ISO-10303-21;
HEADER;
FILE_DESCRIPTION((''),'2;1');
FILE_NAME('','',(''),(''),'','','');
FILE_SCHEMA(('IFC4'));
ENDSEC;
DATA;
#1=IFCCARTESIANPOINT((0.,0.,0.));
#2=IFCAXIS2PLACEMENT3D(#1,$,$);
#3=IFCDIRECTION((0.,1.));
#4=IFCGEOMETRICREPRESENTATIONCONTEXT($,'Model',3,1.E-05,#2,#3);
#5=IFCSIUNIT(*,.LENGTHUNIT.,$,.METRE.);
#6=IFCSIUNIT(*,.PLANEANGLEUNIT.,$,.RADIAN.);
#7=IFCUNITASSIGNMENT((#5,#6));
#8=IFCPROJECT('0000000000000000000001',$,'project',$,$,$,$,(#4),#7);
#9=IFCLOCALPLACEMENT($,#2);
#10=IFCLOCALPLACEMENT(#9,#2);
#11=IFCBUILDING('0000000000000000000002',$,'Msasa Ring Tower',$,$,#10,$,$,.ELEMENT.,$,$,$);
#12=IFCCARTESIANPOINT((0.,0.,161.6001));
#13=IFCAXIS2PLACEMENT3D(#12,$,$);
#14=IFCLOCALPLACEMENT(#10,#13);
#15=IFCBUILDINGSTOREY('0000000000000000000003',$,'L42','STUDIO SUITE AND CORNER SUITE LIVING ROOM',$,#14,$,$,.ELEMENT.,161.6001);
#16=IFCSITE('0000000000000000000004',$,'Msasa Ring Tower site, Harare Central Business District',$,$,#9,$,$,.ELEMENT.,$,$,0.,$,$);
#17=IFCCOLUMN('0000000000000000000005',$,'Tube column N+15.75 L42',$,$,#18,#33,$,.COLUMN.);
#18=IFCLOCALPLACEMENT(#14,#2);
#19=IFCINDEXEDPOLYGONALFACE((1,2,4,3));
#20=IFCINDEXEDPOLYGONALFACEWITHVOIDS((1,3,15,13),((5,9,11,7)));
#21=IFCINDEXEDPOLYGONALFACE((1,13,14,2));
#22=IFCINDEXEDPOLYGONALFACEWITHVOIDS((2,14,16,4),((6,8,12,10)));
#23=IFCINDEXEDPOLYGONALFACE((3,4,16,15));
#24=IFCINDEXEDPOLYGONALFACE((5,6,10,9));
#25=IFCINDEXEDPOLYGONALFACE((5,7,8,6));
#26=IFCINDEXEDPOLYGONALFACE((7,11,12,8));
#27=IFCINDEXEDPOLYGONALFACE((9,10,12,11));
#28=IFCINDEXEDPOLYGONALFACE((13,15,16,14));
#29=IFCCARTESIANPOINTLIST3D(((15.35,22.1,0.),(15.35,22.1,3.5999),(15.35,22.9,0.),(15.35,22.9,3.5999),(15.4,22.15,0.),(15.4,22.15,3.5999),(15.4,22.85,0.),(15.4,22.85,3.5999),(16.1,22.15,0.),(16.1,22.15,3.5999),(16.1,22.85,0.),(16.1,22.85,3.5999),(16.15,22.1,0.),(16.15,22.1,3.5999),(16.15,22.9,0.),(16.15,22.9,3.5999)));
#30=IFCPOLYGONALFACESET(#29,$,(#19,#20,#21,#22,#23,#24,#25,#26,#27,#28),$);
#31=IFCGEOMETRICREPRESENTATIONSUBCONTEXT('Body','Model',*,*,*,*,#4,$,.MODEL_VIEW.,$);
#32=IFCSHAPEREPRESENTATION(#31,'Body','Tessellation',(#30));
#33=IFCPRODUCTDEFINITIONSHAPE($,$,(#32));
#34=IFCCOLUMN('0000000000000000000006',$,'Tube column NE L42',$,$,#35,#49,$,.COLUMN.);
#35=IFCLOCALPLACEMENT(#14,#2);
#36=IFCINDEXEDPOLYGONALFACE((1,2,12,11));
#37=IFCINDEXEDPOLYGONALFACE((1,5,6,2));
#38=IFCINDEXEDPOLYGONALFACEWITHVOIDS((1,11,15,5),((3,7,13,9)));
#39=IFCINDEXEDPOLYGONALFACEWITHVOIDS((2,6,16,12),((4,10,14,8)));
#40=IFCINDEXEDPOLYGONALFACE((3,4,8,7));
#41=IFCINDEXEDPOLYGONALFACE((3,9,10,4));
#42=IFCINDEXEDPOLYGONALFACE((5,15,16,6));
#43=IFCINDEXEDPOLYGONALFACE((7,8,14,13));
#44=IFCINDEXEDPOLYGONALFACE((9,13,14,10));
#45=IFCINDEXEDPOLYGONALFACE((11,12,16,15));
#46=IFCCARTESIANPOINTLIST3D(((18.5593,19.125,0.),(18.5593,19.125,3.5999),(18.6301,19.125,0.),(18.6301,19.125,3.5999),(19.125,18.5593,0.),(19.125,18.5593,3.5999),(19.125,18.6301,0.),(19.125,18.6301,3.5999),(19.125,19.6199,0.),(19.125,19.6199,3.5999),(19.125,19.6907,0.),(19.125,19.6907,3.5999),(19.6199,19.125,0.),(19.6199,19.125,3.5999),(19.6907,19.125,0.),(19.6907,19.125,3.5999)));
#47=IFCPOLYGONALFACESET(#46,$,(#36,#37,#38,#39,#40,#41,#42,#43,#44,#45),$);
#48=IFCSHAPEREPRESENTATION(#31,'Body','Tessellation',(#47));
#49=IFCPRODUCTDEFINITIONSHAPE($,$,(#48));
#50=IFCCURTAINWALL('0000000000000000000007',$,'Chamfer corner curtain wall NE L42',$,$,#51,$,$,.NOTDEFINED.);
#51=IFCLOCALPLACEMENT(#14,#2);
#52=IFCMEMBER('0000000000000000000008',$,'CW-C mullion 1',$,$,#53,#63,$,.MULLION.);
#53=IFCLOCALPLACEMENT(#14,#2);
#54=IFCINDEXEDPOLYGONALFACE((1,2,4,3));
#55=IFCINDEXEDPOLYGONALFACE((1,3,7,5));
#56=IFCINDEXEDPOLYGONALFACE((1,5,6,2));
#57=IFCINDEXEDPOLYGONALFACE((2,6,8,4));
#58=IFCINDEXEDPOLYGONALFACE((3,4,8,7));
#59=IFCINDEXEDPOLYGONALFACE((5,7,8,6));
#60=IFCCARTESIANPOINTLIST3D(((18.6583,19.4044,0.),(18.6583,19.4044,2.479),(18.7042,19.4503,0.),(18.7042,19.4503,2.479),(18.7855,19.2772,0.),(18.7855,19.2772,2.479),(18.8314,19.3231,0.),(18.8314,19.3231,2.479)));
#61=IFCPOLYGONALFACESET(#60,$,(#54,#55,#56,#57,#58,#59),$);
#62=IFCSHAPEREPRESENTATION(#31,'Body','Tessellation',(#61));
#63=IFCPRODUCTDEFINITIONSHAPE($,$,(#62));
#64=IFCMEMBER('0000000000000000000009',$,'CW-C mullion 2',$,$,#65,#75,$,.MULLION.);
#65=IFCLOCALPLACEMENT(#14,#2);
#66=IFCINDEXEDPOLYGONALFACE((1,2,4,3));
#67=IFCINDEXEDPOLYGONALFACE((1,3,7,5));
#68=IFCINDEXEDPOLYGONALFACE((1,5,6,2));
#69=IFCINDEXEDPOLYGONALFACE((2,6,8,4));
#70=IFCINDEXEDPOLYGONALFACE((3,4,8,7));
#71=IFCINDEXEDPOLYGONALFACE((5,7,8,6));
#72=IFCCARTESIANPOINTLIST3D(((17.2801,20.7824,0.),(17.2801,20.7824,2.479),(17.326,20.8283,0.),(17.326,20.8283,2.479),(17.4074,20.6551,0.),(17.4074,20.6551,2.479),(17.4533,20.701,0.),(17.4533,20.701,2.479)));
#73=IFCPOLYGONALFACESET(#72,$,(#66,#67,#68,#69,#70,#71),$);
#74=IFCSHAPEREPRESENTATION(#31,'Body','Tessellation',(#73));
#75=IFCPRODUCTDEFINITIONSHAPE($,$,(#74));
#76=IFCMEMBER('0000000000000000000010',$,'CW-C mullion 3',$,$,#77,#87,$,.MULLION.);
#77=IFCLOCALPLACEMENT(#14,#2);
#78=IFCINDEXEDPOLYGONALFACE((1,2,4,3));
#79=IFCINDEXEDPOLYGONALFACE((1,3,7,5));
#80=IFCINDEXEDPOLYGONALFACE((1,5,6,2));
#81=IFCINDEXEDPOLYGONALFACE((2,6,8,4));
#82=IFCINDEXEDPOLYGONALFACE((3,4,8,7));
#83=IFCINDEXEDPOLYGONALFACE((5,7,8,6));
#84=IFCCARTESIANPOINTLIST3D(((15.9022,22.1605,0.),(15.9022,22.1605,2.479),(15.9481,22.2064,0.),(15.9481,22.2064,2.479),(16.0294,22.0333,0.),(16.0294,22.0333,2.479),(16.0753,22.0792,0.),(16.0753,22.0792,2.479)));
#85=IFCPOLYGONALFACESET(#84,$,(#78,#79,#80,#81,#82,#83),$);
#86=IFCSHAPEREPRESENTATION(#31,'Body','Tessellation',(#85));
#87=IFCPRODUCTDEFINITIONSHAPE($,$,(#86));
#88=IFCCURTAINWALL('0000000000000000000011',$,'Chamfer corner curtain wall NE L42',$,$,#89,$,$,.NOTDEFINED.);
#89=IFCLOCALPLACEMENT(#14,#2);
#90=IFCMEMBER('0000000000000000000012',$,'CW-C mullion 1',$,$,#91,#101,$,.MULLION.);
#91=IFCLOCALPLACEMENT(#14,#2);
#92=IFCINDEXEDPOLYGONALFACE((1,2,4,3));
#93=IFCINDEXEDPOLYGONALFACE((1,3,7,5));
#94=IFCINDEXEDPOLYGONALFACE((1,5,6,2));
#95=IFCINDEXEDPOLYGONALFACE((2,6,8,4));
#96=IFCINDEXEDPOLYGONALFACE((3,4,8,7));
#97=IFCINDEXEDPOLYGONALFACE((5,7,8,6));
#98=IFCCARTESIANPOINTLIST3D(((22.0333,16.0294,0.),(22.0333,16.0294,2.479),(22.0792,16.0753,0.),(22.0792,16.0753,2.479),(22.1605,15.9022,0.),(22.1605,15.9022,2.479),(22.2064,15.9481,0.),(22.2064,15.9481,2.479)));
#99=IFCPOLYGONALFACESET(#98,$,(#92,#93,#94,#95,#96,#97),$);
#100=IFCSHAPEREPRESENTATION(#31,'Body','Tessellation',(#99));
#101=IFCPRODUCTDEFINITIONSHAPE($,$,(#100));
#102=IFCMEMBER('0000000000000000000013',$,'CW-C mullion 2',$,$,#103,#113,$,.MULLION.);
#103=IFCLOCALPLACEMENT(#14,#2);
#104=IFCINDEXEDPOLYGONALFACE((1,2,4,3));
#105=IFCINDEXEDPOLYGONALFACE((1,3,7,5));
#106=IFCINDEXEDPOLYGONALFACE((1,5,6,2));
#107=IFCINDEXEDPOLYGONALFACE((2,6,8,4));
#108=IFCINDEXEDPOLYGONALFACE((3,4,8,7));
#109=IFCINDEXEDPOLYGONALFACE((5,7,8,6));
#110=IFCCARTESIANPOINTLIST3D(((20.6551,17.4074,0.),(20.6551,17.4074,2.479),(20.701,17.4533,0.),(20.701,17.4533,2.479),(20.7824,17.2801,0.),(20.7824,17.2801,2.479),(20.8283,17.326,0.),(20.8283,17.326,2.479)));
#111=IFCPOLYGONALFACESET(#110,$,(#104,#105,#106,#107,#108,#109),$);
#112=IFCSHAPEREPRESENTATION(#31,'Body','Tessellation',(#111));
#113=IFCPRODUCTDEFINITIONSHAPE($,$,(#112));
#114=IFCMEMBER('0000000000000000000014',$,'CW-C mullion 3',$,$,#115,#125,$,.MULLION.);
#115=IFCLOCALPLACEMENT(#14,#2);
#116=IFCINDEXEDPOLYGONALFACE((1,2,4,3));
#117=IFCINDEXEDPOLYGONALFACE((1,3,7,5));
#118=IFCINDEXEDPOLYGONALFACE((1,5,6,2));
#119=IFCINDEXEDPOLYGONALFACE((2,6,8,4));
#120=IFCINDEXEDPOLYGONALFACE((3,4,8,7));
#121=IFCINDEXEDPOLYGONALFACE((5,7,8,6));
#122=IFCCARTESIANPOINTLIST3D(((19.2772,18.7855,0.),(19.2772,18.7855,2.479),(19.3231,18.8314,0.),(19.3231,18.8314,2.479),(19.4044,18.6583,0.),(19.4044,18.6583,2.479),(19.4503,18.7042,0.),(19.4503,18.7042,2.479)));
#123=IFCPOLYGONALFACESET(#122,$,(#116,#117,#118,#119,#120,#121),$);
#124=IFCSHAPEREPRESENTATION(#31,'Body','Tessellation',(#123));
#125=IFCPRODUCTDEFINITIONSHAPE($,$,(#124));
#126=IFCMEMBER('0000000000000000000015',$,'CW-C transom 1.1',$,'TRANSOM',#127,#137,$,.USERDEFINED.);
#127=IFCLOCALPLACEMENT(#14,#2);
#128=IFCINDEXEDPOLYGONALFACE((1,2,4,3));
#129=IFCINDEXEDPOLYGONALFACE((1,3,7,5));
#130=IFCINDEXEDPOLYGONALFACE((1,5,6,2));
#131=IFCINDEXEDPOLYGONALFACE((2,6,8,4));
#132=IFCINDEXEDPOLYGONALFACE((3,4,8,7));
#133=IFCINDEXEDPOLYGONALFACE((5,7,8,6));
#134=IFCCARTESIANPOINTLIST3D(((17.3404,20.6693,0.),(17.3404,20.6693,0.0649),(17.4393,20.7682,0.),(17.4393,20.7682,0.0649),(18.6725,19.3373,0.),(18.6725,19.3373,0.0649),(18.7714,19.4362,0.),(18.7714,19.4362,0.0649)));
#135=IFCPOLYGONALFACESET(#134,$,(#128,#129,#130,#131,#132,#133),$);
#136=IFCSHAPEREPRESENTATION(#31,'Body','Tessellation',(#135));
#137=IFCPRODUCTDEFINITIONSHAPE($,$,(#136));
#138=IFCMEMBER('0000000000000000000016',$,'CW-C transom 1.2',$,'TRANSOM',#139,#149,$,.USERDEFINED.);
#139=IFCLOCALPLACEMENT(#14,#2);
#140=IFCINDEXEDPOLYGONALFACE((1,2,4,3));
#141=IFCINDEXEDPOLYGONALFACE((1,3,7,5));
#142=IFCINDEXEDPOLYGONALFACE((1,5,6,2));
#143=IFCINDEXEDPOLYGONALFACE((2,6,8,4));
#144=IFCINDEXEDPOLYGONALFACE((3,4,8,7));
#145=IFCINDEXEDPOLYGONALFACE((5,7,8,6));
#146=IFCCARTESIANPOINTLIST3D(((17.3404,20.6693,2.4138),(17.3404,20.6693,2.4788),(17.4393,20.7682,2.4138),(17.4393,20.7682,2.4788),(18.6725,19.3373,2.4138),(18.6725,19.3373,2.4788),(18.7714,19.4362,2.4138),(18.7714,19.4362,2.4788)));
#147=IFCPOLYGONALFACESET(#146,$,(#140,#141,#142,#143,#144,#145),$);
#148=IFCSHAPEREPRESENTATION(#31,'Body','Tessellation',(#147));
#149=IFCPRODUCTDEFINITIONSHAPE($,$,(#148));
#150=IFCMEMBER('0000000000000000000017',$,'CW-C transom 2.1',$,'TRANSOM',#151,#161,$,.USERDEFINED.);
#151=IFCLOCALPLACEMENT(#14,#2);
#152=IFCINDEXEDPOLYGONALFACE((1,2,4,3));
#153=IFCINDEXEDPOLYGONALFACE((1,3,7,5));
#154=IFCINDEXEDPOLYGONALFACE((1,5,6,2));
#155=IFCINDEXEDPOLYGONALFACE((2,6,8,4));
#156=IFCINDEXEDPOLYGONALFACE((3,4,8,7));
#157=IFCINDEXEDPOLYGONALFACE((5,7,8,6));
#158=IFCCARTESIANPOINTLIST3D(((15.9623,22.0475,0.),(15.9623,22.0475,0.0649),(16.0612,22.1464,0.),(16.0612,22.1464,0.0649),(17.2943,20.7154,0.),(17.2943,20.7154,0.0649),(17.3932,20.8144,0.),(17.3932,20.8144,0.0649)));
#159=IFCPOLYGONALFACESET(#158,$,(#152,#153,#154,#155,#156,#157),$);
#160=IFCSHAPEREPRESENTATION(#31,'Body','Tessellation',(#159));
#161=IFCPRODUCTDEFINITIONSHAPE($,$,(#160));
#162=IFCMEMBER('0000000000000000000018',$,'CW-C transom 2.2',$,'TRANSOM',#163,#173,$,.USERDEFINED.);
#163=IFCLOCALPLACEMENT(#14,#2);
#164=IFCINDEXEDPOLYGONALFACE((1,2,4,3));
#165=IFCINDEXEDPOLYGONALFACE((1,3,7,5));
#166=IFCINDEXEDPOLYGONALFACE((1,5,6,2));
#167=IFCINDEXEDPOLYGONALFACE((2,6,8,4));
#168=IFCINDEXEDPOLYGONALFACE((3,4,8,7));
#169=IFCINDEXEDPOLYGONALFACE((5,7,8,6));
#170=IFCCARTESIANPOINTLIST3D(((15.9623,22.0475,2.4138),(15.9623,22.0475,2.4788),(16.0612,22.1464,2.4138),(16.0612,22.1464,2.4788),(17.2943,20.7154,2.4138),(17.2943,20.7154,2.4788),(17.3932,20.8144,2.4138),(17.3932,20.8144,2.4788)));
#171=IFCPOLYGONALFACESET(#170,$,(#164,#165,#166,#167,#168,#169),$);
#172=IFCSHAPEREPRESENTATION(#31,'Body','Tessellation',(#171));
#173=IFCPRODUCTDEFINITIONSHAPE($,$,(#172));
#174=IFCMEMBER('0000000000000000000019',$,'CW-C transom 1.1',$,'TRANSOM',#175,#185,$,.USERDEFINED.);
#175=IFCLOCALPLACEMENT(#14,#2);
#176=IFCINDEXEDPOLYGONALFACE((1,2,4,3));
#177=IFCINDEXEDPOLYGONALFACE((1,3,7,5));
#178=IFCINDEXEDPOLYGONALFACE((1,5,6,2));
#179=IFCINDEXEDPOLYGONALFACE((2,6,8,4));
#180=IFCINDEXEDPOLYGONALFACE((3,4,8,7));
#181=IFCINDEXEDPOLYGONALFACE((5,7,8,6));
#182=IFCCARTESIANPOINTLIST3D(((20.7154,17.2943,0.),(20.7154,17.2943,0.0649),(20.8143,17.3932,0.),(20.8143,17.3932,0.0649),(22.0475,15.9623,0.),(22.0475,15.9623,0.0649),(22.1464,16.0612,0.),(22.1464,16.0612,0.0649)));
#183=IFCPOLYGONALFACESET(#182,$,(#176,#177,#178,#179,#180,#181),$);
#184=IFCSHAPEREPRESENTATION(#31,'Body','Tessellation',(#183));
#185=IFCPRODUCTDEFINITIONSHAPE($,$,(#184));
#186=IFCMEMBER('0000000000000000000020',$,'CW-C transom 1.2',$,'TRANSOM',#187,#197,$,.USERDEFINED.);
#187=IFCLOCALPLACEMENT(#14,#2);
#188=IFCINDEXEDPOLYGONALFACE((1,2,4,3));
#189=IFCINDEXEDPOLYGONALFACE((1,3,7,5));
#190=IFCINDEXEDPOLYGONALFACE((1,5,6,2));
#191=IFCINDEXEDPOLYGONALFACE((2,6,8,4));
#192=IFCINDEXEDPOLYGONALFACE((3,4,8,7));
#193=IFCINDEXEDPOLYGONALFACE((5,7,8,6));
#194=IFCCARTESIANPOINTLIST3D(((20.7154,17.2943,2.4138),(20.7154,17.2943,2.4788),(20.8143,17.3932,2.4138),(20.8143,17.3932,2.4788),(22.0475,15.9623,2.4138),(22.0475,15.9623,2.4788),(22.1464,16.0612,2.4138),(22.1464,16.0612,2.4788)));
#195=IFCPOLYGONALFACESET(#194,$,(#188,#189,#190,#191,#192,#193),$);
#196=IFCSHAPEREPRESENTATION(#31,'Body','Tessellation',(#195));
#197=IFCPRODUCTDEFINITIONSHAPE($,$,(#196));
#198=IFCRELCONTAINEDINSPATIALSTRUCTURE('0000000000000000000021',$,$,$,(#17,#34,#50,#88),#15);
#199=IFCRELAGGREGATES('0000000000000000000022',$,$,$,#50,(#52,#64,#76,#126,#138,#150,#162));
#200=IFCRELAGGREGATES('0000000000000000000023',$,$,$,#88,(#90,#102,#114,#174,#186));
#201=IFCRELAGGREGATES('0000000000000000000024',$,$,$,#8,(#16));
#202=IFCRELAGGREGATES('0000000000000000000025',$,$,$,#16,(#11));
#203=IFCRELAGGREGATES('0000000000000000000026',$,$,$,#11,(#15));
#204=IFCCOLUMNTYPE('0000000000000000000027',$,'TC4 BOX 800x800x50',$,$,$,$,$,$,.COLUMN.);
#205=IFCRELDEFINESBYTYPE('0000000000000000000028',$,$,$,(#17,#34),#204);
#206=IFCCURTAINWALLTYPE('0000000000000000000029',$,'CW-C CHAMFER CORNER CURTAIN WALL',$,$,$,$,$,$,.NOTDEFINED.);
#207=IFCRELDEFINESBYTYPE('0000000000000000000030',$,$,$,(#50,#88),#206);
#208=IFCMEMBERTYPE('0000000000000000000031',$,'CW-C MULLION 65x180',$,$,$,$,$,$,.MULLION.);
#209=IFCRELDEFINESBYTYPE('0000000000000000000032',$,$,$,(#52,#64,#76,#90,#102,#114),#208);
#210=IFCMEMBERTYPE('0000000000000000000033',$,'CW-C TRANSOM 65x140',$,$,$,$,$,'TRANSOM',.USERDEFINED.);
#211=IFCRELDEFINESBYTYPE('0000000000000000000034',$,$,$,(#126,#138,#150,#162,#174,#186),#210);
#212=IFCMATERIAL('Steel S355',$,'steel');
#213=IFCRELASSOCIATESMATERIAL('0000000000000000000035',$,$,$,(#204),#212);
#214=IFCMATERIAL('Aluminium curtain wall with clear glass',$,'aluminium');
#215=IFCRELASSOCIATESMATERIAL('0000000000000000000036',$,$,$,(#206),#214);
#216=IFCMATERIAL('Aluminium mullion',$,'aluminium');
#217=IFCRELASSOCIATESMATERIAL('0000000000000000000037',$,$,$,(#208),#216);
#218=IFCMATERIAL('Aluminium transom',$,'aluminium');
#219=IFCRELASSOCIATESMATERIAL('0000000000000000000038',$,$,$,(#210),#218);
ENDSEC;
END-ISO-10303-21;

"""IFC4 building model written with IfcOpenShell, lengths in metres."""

from ifc_helpers import new_model, si_unit, direction, frame, origin, origin_2d, place, context, subcontext, project, spatial, rectangle, hollow_rectangle, extrude, material, material_profile, profile_set, type_object, element, aggregate, save


model = new_model("IFC4")

# Units and contexts
model_context = context("Model", 3, precision=1e-05, world=origin(), true_north=direction((0.0, 1.0)))
body_context = subcontext(model_context, "Body", "Model", "MODEL_VIEW")
ifc_project = project(units=[si_unit("LENGTHUNIT", "METRE"), si_unit("PLANEANGLEUNIT", "RADIAN")], contexts=[model_context])

# Site, building, storey
site_placement = place(None, origin())
site = spatial("IfcSite", under=ifc_project, at=site_placement, Name="Msasa Ring Tower site, Harare Central Business District", CompositionType="ELEMENT", RefElevation=0.0)
building_placement = place(site_placement, origin())
building = spatial("IfcBuilding", under=site, at=building_placement, Name="Msasa Ring Tower", CompositionType="ELEMENT")
storey_placement = place(building_placement, frame((0.0, 0.0, 161.6001)))
storey = spatial("IfcBuildingStorey", under=building, at=storey_placement, Name="L42", Description="STUDIO SUITE AND CORNER SUITE LIVING ROOM", CompositionType="ELEMENT", Elevation=161.6001)

# Columns
ifc_material_1 = material(Name="Steel S355", Category="steel")
ifc_material_profile_1 = material_profile(ifc_material_1, hollow_rectangle(XDim=0.8, YDim=0.8, WallThickness=0.05, at=origin_2d()), Name="BOX 800x800x50")
ifc_profile_set_1 = profile_set([ifc_material_profile_1], Name="Steel S355")
column_type = type_object("IfcColumnType", Name="TC4 BOX 800x800x50", PredefinedType="COLUMN", material=ifc_profile_set_1)
for number, where, z_axis, x_axis, name in (
    (1, (15.75, 22.5, 0.0), (0.0, 0.0, 1.0), (0.0, 1.0, 0.0), "Tube column N+15.75 L42"),
    (2, (19.125, 19.125, 0.0), (0.0, 0.0, 1.0), (0.707107, 0.707107, 0.0), "Tube column NE L42"),
):
    element("IfcColumn", number, at=place(storey_placement, frame(where, z_axis=z_axis, x_axis=x_axis)), inside=storey, type_object=column_type, Name=name, PredefinedType="COLUMN", context=body_context, shape_type="SweptSolid", body=[
        extrude(hollow_rectangle(XDim=0.8, YDim=0.8, WallThickness=0.05, at=origin_2d()), origin(), (0.0, 0.0, 1.0), 3.5999),
    ])

# Curtain walls, members
ifc_material_2 = material(Name="Aluminium curtain wall with clear glass", Category="aluminium")
curtain_wall_type = type_object("IfcCurtainWallType", Name="CW-C CHAMFER CORNER CURTAIN WALL", PredefinedType="NOTDEFINED", material=ifc_material_2)
curtain_wall_1_placement = place(storey_placement, origin())
curtain_wall_1 = element("IfcCurtainWall", 3, at=curtain_wall_1_placement, inside=storey, type_object=curtain_wall_type, Name="Chamfer corner curtain wall NE L42", PredefinedType="NOTDEFINED")
ifc_material_3 = material(Name="Aluminium mullion", Category="aluminium")
ifc_material_profile_2 = material_profile(ifc_material_3, rectangle(XDim=0.0649, YDim=0.1799, at=origin_2d()), Name="AL 65x180")
ifc_profile_set_2 = profile_set([ifc_material_profile_2], Name="Aluminium mullion")
member_type_1 = type_object("IfcMemberType", Name="CW-C MULLION 65x180", PredefinedType="MULLION", material=ifc_profile_set_2)
member_1_placement = place(storey_placement, frame((18.7449, 19.3638, 0.0), z_axis=(0.0, 0.0, 1.0), x_axis=(-0.707107, -0.707107, 0.0)))
member_1 = element("IfcMember", 4, at=member_1_placement, type_object=member_type_1, Name="CW-C mullion 1", PredefinedType="MULLION", context=body_context, shape_type="SweptSolid", body=[
    extrude(rectangle(XDim=0.0649, YDim=0.1799, at=origin_2d()), origin(), (0.0, 0.0, 1.0), 2.479),
])
member_2_placement = place(storey_placement, frame((17.3667, 20.7417, 0.0), z_axis=(0.0, 0.0, 1.0), x_axis=(-0.707107, -0.707107, 0.0)))
member_2 = element("IfcMember", 5, at=member_2_placement, type_object=member_type_1, Name="CW-C mullion 2", PredefinedType="MULLION", context=body_context, shape_type="SweptSolid", body=[
    extrude(rectangle(XDim=0.0649, YDim=0.1799, at=origin_2d()), origin(), (0.0, 0.0, 1.0), 2.479),
])
member_3_placement = place(storey_placement, frame((15.9888, 22.1199, 0.0), z_axis=(0.0, 0.0, 1.0), x_axis=(-0.707107, -0.707107, 0.0)))
member_3 = element("IfcMember", 6, at=member_3_placement, type_object=member_type_1, Name="CW-C mullion 3", PredefinedType="MULLION", context=body_context, shape_type="SweptSolid", body=[
    extrude(rectangle(XDim=0.0649, YDim=0.1799, at=origin_2d()), origin(), (0.0, 0.0, 1.0), 2.479),
])
curtain_wall_2_placement = place(storey_placement, origin())
curtain_wall_2 = element("IfcCurtainWall", 7, at=curtain_wall_2_placement, inside=storey, type_object=curtain_wall_type, Name="Chamfer corner curtain wall NE L42", PredefinedType="NOTDEFINED")
member_4_placement = place(storey_placement, frame((22.1199, 15.9888, 0.0), z_axis=(0.0, 0.0, 1.0), x_axis=(-0.707107, -0.707107, 0.0)))
member_4 = element("IfcMember", 8, at=member_4_placement, type_object=member_type_1, Name="CW-C mullion 1", PredefinedType="MULLION", context=body_context, shape_type="SweptSolid", body=[
    extrude(rectangle(XDim=0.0649, YDim=0.1799, at=origin_2d()), origin(), (0.0, 0.0, 1.0), 2.479),
])
member_5_placement = place(storey_placement, frame((20.7417, 17.3667, 0.0), z_axis=(0.0, 0.0, 1.0), x_axis=(-0.707107, -0.707107, 0.0)))
member_5 = element("IfcMember", 9, at=member_5_placement, type_object=member_type_1, Name="CW-C mullion 2", PredefinedType="MULLION", context=body_context, shape_type="SweptSolid", body=[
    extrude(rectangle(XDim=0.0649, YDim=0.1799, at=origin_2d()), origin(), (0.0, 0.0, 1.0), 2.479),
])
member_6_placement = place(storey_placement, frame((19.3638, 18.7449, 0.0), z_axis=(0.0, 0.0, 1.0), x_axis=(-0.707107, -0.707107, 0.0)))
member_6 = element("IfcMember", 10, at=member_6_placement, type_object=member_type_1, Name="CW-C mullion 3", PredefinedType="MULLION", context=body_context, shape_type="SweptSolid", body=[
    extrude(rectangle(XDim=0.0649, YDim=0.1799, at=origin_2d()), origin(), (0.0, 0.0, 1.0), 2.479),
])

# Members
ifc_material_4 = material(Name="Aluminium transom", Category="aluminium")
ifc_material_profile_3 = material_profile(ifc_material_4, rectangle(XDim=0.1399, YDim=0.0649, at=origin_2d()), Name="AL 65x140")
ifc_profile_set_3 = profile_set([ifc_material_profile_3], Name="Aluminium transom")
member_type_2 = type_object("IfcMemberType", Name="CW-C TRANSOM 65x140", ElementType="TRANSOM", PredefinedType="USERDEFINED", material=ifc_profile_set_3)
member_7_placement = place(storey_placement, frame((18.7219, 19.3867, 0.0325), z_axis=(-0.707107, 0.707107, 0.0), x_axis=(-0.707107, -0.707107, 0.0)))
member_7 = element("IfcMember", 11, at=member_7_placement, type_object=member_type_2, Name="CW-C transom 1.1", ObjectType="TRANSOM", PredefinedType="USERDEFINED", context=body_context, shape_type="SweptSolid", body=[
    extrude(rectangle(XDim=0.1399, YDim=0.0649, at=origin_2d()), origin(), (0.0, 0.0, 1.0), 1.8838),
])
member_8_placement = place(storey_placement, frame((18.7219, 19.3867, 2.4463), z_axis=(-0.707107, 0.707107, 0.0), x_axis=(-0.707107, -0.707107, 0.0)))
member_8 = element("IfcMember", 12, at=member_8_placement, type_object=member_type_2, Name="CW-C transom 1.2", ObjectType="TRANSOM", PredefinedType="USERDEFINED", context=body_context, shape_type="SweptSolid", body=[
    extrude(rectangle(XDim=0.1399, YDim=0.0649, at=origin_2d()), origin(), (0.0, 0.0, 1.0), 1.8838),
])
member_9_placement = place(storey_placement, frame((17.3438, 20.7649, 0.0325), z_axis=(-0.707107, 0.707107, 0.0), x_axis=(-0.707107, -0.707107, 0.0)))
member_9 = element("IfcMember", 13, at=member_9_placement, type_object=member_type_2, Name="CW-C transom 2.1", ObjectType="TRANSOM", PredefinedType="USERDEFINED", context=body_context, shape_type="SweptSolid", body=[
    extrude(rectangle(XDim=0.1399, YDim=0.0649, at=origin_2d()), origin(), (0.0, 0.0, 1.0), 1.8838),
])
member_10_placement = place(storey_placement, frame((17.3438, 20.7649, 2.4463), z_axis=(-0.707107, 0.707107, 0.0), x_axis=(-0.707107, -0.707107, 0.0)))
member_10 = element("IfcMember", 14, at=member_10_placement, type_object=member_type_2, Name="CW-C transom 2.2", ObjectType="TRANSOM", PredefinedType="USERDEFINED", context=body_context, shape_type="SweptSolid", body=[
    extrude(rectangle(XDim=0.1399, YDim=0.0649, at=origin_2d()), origin(), (0.0, 0.0, 1.0), 1.8838),
])
member_11_placement = place(storey_placement, frame((22.0969, 16.0117, 0.0325), z_axis=(-0.707107, 0.707107, 0.0), x_axis=(-0.707107, -0.707107, 0.0)))
member_11 = element("IfcMember", 15, at=member_11_placement, type_object=member_type_2, Name="CW-C transom 1.1", ObjectType="TRANSOM", PredefinedType="USERDEFINED", context=body_context, shape_type="SweptSolid", body=[
    extrude(rectangle(XDim=0.1399, YDim=0.0649, at=origin_2d()), origin(), (0.0, 0.0, 1.0), 1.8838),
])
member_12_placement = place(storey_placement, frame((22.0969, 16.0117, 2.4463), z_axis=(-0.707107, 0.707107, 0.0), x_axis=(-0.707107, -0.707107, 0.0)))
member_12 = element("IfcMember", 16, at=member_12_placement, type_object=member_type_2, Name="CW-C transom 1.2", ObjectType="TRANSOM", PredefinedType="USERDEFINED", context=body_context, shape_type="SweptSolid", body=[
    extrude(rectangle(XDim=0.1399, YDim=0.0649, at=origin_2d()), origin(), (0.0, 0.0, 1.0), 1.8838),
])

aggregate(curtain_wall_1, [member_1, member_2, member_3, member_7, member_8, member_9, member_10])
aggregate(curtain_wall_2, [member_4, member_5, member_6, member_11, member_12])

save(model, "model.ifc")
